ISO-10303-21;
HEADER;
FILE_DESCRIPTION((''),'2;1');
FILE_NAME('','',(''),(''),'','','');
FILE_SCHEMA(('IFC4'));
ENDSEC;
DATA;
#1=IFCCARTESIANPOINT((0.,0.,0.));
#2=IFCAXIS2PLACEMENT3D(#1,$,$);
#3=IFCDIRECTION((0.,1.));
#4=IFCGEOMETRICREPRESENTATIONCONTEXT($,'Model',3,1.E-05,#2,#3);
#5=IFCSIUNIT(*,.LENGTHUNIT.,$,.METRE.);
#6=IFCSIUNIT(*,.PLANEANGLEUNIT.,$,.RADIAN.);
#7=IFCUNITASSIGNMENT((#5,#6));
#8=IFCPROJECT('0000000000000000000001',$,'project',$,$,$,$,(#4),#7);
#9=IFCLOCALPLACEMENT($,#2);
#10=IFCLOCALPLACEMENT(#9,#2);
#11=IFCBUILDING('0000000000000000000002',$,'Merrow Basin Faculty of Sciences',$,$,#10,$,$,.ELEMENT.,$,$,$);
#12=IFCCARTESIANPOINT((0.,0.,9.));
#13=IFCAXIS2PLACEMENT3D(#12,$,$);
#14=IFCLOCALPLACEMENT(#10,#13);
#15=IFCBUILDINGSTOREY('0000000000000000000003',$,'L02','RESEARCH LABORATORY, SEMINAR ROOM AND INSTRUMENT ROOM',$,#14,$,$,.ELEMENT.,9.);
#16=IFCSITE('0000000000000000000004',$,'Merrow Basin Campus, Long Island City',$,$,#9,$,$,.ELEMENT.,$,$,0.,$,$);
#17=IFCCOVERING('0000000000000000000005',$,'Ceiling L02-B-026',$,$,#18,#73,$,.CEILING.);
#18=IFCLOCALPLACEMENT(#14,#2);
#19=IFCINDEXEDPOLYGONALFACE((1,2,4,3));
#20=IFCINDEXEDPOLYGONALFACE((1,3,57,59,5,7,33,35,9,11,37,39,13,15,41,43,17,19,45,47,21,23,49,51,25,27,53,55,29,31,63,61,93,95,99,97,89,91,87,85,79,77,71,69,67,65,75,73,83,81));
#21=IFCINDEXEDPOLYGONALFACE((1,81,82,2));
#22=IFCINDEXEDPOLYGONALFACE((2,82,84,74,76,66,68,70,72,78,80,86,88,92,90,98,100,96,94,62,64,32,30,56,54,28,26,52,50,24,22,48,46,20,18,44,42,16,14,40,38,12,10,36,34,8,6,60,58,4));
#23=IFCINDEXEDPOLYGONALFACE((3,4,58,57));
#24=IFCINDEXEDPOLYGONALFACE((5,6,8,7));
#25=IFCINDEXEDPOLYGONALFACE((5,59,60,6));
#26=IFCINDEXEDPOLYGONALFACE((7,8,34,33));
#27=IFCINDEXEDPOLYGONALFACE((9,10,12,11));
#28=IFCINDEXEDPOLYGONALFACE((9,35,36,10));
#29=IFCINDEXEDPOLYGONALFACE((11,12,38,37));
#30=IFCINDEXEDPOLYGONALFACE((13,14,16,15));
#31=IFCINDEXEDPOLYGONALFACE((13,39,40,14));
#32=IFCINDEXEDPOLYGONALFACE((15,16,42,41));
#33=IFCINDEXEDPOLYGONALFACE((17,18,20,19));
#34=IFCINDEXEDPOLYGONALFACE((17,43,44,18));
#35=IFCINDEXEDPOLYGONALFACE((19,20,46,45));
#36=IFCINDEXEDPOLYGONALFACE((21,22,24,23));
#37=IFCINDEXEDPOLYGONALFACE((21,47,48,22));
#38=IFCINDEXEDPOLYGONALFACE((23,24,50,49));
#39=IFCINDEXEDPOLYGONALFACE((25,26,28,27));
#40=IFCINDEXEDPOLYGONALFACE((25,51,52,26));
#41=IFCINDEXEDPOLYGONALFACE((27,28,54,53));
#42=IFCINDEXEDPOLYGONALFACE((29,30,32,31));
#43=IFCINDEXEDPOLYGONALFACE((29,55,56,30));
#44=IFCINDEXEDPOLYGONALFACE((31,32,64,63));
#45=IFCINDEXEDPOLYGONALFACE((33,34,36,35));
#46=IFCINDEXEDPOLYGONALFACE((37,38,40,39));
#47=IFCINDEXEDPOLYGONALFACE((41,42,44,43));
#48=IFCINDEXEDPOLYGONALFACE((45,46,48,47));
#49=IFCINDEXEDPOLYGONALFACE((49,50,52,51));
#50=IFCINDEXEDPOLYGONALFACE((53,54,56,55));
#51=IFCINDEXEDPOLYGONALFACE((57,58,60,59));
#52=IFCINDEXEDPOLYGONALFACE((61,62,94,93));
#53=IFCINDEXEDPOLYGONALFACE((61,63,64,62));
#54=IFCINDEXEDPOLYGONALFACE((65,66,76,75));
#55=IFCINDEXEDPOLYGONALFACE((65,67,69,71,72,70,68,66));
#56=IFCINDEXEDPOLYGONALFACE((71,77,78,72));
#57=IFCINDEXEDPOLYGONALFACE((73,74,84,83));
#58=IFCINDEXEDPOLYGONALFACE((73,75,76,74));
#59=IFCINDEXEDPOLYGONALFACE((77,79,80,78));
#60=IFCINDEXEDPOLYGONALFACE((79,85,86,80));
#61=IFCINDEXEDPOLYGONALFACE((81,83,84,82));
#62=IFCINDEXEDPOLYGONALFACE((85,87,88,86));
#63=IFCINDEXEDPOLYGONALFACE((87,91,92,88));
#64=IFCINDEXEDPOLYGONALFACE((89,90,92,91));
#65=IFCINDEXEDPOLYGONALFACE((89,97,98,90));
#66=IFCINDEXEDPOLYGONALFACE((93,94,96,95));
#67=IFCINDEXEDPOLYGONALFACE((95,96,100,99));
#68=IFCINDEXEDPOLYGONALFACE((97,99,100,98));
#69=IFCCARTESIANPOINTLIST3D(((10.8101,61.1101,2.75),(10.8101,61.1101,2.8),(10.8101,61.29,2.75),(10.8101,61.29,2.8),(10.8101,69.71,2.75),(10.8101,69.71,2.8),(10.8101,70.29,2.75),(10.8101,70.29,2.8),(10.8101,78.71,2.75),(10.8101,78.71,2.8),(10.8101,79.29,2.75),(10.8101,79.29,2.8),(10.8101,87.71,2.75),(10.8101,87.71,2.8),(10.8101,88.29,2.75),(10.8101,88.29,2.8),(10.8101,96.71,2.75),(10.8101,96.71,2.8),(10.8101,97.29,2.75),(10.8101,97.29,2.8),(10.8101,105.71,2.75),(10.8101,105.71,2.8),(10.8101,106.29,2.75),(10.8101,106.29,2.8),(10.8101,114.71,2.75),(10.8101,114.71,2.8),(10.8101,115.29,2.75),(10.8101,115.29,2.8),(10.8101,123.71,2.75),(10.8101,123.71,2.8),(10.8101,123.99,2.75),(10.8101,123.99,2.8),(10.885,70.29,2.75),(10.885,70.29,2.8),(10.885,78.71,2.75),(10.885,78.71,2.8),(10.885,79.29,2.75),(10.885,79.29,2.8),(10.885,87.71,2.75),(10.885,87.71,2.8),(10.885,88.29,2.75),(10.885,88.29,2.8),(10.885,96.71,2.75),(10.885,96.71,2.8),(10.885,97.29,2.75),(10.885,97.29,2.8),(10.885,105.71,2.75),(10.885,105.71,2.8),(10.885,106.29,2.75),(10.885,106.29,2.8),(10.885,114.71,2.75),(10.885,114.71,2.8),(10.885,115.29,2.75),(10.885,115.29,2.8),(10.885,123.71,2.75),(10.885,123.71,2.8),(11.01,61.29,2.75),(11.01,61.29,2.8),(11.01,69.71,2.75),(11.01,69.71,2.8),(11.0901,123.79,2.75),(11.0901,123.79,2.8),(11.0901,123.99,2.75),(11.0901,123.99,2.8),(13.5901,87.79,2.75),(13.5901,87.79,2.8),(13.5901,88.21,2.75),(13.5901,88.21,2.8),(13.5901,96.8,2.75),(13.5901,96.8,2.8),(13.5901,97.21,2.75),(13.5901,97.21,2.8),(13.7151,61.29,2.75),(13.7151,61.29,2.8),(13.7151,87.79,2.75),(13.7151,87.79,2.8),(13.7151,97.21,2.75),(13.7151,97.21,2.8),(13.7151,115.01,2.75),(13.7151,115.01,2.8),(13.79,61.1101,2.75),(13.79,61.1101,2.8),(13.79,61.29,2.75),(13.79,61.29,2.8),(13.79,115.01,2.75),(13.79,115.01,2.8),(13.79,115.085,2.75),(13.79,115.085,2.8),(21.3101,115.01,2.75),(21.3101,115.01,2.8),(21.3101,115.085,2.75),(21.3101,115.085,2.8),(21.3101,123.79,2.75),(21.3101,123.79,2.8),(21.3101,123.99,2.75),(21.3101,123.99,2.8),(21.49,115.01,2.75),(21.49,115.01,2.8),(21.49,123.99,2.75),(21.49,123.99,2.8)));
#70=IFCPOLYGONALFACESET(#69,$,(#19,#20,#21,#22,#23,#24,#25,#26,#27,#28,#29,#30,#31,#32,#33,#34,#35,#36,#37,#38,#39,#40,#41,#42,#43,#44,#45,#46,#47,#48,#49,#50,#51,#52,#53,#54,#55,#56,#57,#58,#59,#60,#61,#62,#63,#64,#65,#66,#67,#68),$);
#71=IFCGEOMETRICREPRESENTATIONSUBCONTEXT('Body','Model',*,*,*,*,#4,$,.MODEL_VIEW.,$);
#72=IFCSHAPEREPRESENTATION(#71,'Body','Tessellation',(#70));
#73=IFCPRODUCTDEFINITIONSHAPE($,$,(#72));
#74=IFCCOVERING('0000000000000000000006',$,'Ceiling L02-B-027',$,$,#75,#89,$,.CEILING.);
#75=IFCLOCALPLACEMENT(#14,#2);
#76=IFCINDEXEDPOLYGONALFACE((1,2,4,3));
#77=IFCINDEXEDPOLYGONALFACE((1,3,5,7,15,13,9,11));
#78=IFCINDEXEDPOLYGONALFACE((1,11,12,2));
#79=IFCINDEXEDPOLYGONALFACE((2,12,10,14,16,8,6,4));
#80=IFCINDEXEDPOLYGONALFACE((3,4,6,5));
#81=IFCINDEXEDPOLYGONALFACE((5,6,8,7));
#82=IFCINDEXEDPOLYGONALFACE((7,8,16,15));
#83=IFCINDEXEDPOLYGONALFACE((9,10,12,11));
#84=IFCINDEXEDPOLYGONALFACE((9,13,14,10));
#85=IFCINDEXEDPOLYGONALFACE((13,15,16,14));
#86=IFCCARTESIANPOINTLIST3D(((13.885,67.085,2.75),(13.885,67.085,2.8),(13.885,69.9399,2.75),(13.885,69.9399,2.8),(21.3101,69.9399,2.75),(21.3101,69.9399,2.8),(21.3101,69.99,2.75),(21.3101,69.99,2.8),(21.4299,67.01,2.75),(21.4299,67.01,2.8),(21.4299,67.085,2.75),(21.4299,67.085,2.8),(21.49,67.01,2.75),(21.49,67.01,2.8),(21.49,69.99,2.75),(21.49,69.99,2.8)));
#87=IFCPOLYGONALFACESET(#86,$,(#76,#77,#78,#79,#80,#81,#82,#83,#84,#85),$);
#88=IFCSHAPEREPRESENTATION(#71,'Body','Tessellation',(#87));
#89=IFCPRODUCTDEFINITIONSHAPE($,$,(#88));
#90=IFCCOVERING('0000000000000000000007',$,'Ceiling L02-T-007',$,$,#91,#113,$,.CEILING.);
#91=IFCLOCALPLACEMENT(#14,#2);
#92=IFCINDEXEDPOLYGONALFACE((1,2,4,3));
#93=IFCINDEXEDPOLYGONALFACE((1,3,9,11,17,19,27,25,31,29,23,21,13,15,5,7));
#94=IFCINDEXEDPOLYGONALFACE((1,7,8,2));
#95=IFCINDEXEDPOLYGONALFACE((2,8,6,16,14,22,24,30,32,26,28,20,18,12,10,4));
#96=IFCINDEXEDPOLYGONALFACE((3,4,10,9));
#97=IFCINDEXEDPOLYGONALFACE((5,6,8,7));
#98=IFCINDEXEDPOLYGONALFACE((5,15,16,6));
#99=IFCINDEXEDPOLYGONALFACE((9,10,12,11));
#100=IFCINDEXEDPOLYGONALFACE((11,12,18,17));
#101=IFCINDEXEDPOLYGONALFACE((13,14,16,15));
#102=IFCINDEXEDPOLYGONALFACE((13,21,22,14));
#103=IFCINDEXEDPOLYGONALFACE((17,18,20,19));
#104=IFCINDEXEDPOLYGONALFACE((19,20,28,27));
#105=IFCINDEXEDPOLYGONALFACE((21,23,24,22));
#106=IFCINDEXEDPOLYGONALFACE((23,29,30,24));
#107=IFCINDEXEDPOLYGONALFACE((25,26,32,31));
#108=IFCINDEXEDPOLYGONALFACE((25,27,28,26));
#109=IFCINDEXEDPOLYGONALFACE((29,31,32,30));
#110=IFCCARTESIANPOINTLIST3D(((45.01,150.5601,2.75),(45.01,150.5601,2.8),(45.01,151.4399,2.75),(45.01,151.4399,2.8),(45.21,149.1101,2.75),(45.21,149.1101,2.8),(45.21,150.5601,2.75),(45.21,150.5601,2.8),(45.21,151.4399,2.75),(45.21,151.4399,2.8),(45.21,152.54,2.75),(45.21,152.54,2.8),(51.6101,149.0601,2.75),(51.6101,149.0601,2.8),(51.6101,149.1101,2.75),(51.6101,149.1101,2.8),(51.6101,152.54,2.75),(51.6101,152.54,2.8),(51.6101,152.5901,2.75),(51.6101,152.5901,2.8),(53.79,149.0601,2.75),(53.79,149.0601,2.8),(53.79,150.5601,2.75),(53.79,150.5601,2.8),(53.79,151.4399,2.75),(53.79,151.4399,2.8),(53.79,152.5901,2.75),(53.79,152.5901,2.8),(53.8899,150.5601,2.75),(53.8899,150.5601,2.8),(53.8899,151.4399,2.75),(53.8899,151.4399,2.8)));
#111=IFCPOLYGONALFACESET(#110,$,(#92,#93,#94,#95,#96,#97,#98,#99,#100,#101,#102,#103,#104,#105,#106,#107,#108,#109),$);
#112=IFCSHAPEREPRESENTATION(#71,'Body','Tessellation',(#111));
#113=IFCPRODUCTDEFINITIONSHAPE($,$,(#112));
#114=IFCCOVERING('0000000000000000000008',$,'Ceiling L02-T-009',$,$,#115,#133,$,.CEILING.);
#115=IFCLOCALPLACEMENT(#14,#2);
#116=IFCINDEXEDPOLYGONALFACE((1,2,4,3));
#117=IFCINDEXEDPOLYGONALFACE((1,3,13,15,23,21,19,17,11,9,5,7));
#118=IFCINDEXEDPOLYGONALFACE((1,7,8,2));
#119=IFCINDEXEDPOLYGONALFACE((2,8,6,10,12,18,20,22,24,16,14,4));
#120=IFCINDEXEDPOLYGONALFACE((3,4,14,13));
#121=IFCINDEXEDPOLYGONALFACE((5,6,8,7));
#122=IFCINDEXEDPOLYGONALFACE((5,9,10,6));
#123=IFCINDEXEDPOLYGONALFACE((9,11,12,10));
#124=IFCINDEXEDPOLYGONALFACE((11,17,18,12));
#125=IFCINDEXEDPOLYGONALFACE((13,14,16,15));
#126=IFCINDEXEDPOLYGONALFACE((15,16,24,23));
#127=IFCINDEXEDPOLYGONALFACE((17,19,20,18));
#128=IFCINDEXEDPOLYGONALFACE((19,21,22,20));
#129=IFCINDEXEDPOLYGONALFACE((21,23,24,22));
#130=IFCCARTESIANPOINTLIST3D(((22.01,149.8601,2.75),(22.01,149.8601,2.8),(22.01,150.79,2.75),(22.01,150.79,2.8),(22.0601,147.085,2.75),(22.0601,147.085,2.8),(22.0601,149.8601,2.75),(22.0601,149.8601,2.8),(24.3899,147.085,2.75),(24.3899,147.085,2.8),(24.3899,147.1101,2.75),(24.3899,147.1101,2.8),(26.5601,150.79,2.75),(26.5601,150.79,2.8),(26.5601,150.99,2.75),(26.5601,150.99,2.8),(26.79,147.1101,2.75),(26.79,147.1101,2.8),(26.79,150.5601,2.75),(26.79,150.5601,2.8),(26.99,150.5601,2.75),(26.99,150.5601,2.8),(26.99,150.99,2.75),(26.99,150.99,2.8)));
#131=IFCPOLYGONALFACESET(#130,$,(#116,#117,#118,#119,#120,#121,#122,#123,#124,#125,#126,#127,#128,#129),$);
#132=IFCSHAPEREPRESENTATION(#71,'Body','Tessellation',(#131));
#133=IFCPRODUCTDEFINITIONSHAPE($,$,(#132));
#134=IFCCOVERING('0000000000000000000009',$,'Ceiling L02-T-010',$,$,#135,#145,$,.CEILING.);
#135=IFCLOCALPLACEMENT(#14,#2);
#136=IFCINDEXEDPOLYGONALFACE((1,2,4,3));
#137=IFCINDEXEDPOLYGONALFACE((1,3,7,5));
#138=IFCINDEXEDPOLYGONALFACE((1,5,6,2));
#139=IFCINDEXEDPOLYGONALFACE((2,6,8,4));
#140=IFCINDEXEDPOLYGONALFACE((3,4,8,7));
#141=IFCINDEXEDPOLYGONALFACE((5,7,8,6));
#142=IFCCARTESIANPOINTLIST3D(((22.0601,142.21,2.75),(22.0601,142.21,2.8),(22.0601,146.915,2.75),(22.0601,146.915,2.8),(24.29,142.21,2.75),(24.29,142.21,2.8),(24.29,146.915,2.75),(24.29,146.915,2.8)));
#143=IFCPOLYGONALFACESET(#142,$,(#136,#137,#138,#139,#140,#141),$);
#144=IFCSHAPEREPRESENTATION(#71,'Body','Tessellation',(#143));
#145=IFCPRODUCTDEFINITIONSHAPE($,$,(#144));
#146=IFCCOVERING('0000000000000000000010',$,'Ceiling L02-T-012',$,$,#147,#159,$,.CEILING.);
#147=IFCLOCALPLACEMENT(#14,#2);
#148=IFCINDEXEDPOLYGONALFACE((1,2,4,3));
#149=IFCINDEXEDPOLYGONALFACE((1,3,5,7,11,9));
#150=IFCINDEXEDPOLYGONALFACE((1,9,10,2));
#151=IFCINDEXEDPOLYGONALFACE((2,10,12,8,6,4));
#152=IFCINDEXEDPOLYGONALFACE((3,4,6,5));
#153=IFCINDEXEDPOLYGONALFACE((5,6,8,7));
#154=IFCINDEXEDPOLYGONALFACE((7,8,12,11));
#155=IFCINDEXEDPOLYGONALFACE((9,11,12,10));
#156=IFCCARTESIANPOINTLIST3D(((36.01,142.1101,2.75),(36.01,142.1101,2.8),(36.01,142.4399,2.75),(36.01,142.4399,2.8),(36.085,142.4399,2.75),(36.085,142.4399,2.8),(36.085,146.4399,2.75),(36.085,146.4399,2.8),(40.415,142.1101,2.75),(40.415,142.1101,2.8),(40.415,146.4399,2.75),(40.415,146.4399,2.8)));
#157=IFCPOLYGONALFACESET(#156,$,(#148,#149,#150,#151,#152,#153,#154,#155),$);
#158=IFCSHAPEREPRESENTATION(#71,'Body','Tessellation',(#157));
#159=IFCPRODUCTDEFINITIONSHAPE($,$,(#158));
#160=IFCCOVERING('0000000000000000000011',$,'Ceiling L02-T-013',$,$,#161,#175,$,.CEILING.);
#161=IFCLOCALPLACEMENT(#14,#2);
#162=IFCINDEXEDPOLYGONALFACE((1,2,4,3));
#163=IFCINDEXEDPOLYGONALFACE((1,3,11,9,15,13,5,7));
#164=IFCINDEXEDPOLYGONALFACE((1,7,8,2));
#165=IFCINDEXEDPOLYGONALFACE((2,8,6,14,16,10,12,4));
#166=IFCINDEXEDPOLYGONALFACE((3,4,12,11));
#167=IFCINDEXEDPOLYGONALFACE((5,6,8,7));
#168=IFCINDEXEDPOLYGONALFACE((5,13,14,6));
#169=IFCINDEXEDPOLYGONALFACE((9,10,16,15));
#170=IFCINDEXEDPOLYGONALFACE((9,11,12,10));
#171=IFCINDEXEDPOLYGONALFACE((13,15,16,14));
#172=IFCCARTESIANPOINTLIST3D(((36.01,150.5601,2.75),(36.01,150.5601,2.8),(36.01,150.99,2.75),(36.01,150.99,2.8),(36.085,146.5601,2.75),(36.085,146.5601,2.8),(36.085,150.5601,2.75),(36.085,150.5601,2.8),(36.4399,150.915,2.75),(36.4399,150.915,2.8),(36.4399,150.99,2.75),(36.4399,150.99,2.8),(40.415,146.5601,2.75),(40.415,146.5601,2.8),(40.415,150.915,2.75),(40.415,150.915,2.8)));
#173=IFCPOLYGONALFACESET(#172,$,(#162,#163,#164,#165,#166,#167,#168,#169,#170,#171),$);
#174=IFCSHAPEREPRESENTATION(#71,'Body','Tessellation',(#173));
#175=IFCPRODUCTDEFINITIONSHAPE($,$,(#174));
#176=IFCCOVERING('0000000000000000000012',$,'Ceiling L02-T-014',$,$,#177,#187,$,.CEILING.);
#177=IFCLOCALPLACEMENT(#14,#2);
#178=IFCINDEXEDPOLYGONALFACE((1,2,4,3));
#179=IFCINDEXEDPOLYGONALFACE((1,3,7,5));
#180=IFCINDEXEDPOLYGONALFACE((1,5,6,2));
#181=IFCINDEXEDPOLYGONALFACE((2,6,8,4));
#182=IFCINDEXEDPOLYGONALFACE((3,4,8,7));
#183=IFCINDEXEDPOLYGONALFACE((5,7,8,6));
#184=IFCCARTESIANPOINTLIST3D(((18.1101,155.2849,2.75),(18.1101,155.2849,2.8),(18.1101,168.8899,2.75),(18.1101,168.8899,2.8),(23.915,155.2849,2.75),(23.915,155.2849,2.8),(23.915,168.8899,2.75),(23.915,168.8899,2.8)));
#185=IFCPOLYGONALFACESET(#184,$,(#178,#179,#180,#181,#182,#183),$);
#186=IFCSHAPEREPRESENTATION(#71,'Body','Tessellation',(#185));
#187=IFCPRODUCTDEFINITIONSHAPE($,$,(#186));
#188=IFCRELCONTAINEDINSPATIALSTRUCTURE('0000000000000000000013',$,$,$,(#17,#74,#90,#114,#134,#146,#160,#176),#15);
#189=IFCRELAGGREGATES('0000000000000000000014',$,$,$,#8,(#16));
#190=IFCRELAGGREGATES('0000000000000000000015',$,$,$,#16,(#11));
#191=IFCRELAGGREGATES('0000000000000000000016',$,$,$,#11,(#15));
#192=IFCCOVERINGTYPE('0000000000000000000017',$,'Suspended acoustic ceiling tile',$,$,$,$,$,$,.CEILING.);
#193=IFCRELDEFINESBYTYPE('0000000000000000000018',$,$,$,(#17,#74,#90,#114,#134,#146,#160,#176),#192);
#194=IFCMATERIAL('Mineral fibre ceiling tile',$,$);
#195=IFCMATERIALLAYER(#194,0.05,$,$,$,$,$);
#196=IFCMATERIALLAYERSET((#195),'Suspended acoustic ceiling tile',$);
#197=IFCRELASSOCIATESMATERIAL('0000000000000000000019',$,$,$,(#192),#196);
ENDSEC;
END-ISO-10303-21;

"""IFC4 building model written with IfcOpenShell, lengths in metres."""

from ifc_helpers import new_model, si_unit, direction, frame, origin, place, context, subcontext, project, spatial, polyline, outline, extrude, material, layer, layer_set, type_object, element, save


model = new_model("IFC4")

# Units and contexts
model_context = context("Model", 3, precision=1e-05, world=origin(), true_north=direction((0.0, 1.0)))
body_context = subcontext(model_context, "Body", "Model", "MODEL_VIEW")
ifc_project = project(units=[si_unit("LENGTHUNIT", "METRE"), si_unit("PLANEANGLEUNIT", "RADIAN")], contexts=[model_context])

# Site, building, storey
site_placement = place(None, origin())
site = spatial("IfcSite", under=ifc_project, at=site_placement, Name="Merrow Basin Campus, Long Island City", CompositionType="ELEMENT", RefElevation=0.0)
building_placement = place(site_placement, origin())
building = spatial("IfcBuilding", under=site, at=building_placement, Name="Merrow Basin Faculty of Sciences", CompositionType="ELEMENT")
storey_placement = place(building_placement, frame((0.0, 0.0, 9.0)))
storey = spatial("IfcBuildingStorey", under=building, at=storey_placement, Name="L02", Description="RESEARCH LABORATORY, SEMINAR ROOM AND INSTRUMENT ROOM", CompositionType="ELEMENT", Elevation=9.0)

# Coverings
ifc_material = material(Name="Mineral fibre ceiling tile")
ifc_layer = layer(ifc_material, 0.05)
ifc_layer_set = layer_set([ifc_layer], Name="Suspended acoustic ceiling tile")
covering_type = type_object("IfcCoveringType", Name="Suspended acoustic ceiling tile", PredefinedType="CEILING", material=ifc_layer_set)
covering_1_placement = place(storey_placement, frame((0.0, 0.0, 2.75)))
element("IfcCovering", 1, at=covering_1_placement, inside=storey, type_object=covering_type, Name="Ceiling L02-B-026", PredefinedType="CEILING", context=body_context, shape_type="SweptSolid", body=[
    extrude(outline(polyline([(11.0901, 123.99), (11.0901, 123.79), (21.3101, 123.79), (21.3101, 123.99), (21.49, 123.99), (21.49, 115.01), (21.3101, 115.01), (21.3101, 115.085), (13.79, 115.085), (13.79, 115.01), (13.7151, 115.01), (13.7151, 97.21), (13.5901, 97.21), (13.5901, 96.8), (13.5901, 88.21), (13.5901, 87.79), (13.7151, 87.79), (13.7151, 61.29), (13.79, 61.29), (13.79, 61.1101), (10.8101, 61.1101), (10.8101, 61.29), (11.01, 61.29), (11.01, 69.71), (10.8101, 69.71), (10.8101, 70.29), (10.885, 70.29), (10.885, 78.71), (10.8101, 78.71), (10.8101, 79.29), (10.885, 79.29), (10.885, 87.71), (10.8101, 87.71), (10.8101, 88.29), (10.885, 88.29), (10.885, 96.71), (10.8101, 96.71), (10.8101, 97.29), (10.885, 97.29), (10.885, 105.71), (10.8101, 105.71), (10.8101, 106.29), (10.885, 106.29), (10.885, 114.71), (10.8101, 114.71), (10.8101, 115.29), (10.885, 115.29), (10.885, 123.71), (10.8101, 123.71), (10.8101, 123.99), (11.0901, 123.99)])), origin(), (0.0, 0.0, 1.0), 0.05),
])
covering_2_placement = place(storey_placement, frame((0.0, 0.0, 2.75)))
element("IfcCovering", 2, at=covering_2_placement, inside=storey, type_object=covering_type, Name="Ceiling L02-B-027", PredefinedType="CEILING", context=body_context, shape_type="SweptSolid", body=[
    extrude(outline(polyline([(21.49, 69.99), (21.49, 67.01), (21.4299, 67.01), (21.4299, 67.085), (13.885, 67.085), (13.885, 69.9399), (21.3101, 69.9399), (21.3101, 69.99), (21.49, 69.99)])), origin(), (0.0, 0.0, 1.0), 0.05),
])
covering_3_placement = place(storey_placement, frame((0.0, 0.0, 2.75)))
element("IfcCovering", 3, at=covering_3_placement, inside=storey, type_object=covering_type, Name="Ceiling L02-T-007", PredefinedType="CEILING", context=body_context, shape_type="SweptSolid", body=[
    extrude(outline(polyline([(45.01, 151.4399), (45.21, 151.4399), (45.21, 152.54), (51.6101, 152.54), (51.6101, 152.5901), (53.79, 152.5901), (53.79, 151.4399), (53.8899, 151.4399), (53.8899, 150.5601), (53.79, 150.5601), (53.79, 149.0601), (51.6101, 149.0601), (51.6101, 149.1101), (45.21, 149.1101), (45.21, 150.5601), (45.01, 150.5601), (45.01, 151.4399)])), origin(), (0.0, 0.0, 1.0), 0.05),
])
covering_4_placement = place(storey_placement, frame((0.0, 0.0, 2.75)))
element("IfcCovering", 4, at=covering_4_placement, inside=storey, type_object=covering_type, Name="Ceiling L02-T-009", PredefinedType="CEILING", context=body_context, shape_type="SweptSolid", body=[
    extrude(outline(polyline([(26.99, 150.99), (26.99, 150.5601), (26.79, 150.5601), (26.79, 147.1101), (24.3899, 147.1101), (24.3899, 147.085), (22.0601, 147.085), (22.0601, 149.8601), (22.01, 149.8601), (22.01, 150.79), (26.5601, 150.79), (26.5601, 150.99), (26.99, 150.99)])), origin(), (0.0, 0.0, 1.0), 0.05),
])
covering_5_placement = place(storey_placement, frame((0.0, 0.0, 2.75)))
element("IfcCovering", 5, at=covering_5_placement, inside=storey, type_object=covering_type, Name="Ceiling L02-T-010", PredefinedType="CEILING", context=body_context, shape_type="SweptSolid", body=[
    extrude(outline(polyline([(24.29, 146.915), (24.29, 142.21), (22.0601, 142.21), (22.0601, 146.915), (24.29, 146.915)])), origin(), (0.0, 0.0, 1.0), 0.05),
])
covering_6_placement = place(storey_placement, frame((0.0, 0.0, 2.75)))
element("IfcCovering", 6, at=covering_6_placement, inside=storey, type_object=covering_type, Name="Ceiling L02-T-012", PredefinedType="CEILING", context=body_context, shape_type="SweptSolid", body=[
    extrude(outline(polyline([(36.01, 142.1101), (36.01, 142.4399), (36.085, 142.4399), (36.085, 146.4399), (40.415, 146.4399), (40.415, 142.1101), (36.01, 142.1101)])), origin(), (0.0, 0.0, 1.0), 0.05),
])
covering_7_placement = place(storey_placement, frame((0.0, 0.0, 2.75)))
element("IfcCovering", 7, at=covering_7_placement, inside=storey, type_object=covering_type, Name="Ceiling L02-T-013", PredefinedType="CEILING", context=body_context, shape_type="SweptSolid", body=[
    extrude(outline(polyline([(36.01, 150.99), (36.4399, 150.99), (36.4399, 150.915), (40.415, 150.915), (40.415, 146.5601), (36.085, 146.5601), (36.085, 150.5601), (36.01, 150.5601), (36.01, 150.99)])), origin(), (0.0, 0.0, 1.0), 0.05),
])
covering_8_placement = place(storey_placement, frame((0.0, 0.0, 2.75)))
element("IfcCovering", 8, at=covering_8_placement, inside=storey, type_object=covering_type, Name="Ceiling L02-T-014", PredefinedType="CEILING", context=body_context, shape_type="SweptSolid", body=[
    extrude(outline(polyline([(18.1101, 168.8899), (23.915, 168.8899), (23.915, 155.2849), (18.1101, 155.2849), (18.1101, 168.8899)])), origin(), (0.0, 0.0, 1.0), 0.05),
])

save(model, "model.ifc")
